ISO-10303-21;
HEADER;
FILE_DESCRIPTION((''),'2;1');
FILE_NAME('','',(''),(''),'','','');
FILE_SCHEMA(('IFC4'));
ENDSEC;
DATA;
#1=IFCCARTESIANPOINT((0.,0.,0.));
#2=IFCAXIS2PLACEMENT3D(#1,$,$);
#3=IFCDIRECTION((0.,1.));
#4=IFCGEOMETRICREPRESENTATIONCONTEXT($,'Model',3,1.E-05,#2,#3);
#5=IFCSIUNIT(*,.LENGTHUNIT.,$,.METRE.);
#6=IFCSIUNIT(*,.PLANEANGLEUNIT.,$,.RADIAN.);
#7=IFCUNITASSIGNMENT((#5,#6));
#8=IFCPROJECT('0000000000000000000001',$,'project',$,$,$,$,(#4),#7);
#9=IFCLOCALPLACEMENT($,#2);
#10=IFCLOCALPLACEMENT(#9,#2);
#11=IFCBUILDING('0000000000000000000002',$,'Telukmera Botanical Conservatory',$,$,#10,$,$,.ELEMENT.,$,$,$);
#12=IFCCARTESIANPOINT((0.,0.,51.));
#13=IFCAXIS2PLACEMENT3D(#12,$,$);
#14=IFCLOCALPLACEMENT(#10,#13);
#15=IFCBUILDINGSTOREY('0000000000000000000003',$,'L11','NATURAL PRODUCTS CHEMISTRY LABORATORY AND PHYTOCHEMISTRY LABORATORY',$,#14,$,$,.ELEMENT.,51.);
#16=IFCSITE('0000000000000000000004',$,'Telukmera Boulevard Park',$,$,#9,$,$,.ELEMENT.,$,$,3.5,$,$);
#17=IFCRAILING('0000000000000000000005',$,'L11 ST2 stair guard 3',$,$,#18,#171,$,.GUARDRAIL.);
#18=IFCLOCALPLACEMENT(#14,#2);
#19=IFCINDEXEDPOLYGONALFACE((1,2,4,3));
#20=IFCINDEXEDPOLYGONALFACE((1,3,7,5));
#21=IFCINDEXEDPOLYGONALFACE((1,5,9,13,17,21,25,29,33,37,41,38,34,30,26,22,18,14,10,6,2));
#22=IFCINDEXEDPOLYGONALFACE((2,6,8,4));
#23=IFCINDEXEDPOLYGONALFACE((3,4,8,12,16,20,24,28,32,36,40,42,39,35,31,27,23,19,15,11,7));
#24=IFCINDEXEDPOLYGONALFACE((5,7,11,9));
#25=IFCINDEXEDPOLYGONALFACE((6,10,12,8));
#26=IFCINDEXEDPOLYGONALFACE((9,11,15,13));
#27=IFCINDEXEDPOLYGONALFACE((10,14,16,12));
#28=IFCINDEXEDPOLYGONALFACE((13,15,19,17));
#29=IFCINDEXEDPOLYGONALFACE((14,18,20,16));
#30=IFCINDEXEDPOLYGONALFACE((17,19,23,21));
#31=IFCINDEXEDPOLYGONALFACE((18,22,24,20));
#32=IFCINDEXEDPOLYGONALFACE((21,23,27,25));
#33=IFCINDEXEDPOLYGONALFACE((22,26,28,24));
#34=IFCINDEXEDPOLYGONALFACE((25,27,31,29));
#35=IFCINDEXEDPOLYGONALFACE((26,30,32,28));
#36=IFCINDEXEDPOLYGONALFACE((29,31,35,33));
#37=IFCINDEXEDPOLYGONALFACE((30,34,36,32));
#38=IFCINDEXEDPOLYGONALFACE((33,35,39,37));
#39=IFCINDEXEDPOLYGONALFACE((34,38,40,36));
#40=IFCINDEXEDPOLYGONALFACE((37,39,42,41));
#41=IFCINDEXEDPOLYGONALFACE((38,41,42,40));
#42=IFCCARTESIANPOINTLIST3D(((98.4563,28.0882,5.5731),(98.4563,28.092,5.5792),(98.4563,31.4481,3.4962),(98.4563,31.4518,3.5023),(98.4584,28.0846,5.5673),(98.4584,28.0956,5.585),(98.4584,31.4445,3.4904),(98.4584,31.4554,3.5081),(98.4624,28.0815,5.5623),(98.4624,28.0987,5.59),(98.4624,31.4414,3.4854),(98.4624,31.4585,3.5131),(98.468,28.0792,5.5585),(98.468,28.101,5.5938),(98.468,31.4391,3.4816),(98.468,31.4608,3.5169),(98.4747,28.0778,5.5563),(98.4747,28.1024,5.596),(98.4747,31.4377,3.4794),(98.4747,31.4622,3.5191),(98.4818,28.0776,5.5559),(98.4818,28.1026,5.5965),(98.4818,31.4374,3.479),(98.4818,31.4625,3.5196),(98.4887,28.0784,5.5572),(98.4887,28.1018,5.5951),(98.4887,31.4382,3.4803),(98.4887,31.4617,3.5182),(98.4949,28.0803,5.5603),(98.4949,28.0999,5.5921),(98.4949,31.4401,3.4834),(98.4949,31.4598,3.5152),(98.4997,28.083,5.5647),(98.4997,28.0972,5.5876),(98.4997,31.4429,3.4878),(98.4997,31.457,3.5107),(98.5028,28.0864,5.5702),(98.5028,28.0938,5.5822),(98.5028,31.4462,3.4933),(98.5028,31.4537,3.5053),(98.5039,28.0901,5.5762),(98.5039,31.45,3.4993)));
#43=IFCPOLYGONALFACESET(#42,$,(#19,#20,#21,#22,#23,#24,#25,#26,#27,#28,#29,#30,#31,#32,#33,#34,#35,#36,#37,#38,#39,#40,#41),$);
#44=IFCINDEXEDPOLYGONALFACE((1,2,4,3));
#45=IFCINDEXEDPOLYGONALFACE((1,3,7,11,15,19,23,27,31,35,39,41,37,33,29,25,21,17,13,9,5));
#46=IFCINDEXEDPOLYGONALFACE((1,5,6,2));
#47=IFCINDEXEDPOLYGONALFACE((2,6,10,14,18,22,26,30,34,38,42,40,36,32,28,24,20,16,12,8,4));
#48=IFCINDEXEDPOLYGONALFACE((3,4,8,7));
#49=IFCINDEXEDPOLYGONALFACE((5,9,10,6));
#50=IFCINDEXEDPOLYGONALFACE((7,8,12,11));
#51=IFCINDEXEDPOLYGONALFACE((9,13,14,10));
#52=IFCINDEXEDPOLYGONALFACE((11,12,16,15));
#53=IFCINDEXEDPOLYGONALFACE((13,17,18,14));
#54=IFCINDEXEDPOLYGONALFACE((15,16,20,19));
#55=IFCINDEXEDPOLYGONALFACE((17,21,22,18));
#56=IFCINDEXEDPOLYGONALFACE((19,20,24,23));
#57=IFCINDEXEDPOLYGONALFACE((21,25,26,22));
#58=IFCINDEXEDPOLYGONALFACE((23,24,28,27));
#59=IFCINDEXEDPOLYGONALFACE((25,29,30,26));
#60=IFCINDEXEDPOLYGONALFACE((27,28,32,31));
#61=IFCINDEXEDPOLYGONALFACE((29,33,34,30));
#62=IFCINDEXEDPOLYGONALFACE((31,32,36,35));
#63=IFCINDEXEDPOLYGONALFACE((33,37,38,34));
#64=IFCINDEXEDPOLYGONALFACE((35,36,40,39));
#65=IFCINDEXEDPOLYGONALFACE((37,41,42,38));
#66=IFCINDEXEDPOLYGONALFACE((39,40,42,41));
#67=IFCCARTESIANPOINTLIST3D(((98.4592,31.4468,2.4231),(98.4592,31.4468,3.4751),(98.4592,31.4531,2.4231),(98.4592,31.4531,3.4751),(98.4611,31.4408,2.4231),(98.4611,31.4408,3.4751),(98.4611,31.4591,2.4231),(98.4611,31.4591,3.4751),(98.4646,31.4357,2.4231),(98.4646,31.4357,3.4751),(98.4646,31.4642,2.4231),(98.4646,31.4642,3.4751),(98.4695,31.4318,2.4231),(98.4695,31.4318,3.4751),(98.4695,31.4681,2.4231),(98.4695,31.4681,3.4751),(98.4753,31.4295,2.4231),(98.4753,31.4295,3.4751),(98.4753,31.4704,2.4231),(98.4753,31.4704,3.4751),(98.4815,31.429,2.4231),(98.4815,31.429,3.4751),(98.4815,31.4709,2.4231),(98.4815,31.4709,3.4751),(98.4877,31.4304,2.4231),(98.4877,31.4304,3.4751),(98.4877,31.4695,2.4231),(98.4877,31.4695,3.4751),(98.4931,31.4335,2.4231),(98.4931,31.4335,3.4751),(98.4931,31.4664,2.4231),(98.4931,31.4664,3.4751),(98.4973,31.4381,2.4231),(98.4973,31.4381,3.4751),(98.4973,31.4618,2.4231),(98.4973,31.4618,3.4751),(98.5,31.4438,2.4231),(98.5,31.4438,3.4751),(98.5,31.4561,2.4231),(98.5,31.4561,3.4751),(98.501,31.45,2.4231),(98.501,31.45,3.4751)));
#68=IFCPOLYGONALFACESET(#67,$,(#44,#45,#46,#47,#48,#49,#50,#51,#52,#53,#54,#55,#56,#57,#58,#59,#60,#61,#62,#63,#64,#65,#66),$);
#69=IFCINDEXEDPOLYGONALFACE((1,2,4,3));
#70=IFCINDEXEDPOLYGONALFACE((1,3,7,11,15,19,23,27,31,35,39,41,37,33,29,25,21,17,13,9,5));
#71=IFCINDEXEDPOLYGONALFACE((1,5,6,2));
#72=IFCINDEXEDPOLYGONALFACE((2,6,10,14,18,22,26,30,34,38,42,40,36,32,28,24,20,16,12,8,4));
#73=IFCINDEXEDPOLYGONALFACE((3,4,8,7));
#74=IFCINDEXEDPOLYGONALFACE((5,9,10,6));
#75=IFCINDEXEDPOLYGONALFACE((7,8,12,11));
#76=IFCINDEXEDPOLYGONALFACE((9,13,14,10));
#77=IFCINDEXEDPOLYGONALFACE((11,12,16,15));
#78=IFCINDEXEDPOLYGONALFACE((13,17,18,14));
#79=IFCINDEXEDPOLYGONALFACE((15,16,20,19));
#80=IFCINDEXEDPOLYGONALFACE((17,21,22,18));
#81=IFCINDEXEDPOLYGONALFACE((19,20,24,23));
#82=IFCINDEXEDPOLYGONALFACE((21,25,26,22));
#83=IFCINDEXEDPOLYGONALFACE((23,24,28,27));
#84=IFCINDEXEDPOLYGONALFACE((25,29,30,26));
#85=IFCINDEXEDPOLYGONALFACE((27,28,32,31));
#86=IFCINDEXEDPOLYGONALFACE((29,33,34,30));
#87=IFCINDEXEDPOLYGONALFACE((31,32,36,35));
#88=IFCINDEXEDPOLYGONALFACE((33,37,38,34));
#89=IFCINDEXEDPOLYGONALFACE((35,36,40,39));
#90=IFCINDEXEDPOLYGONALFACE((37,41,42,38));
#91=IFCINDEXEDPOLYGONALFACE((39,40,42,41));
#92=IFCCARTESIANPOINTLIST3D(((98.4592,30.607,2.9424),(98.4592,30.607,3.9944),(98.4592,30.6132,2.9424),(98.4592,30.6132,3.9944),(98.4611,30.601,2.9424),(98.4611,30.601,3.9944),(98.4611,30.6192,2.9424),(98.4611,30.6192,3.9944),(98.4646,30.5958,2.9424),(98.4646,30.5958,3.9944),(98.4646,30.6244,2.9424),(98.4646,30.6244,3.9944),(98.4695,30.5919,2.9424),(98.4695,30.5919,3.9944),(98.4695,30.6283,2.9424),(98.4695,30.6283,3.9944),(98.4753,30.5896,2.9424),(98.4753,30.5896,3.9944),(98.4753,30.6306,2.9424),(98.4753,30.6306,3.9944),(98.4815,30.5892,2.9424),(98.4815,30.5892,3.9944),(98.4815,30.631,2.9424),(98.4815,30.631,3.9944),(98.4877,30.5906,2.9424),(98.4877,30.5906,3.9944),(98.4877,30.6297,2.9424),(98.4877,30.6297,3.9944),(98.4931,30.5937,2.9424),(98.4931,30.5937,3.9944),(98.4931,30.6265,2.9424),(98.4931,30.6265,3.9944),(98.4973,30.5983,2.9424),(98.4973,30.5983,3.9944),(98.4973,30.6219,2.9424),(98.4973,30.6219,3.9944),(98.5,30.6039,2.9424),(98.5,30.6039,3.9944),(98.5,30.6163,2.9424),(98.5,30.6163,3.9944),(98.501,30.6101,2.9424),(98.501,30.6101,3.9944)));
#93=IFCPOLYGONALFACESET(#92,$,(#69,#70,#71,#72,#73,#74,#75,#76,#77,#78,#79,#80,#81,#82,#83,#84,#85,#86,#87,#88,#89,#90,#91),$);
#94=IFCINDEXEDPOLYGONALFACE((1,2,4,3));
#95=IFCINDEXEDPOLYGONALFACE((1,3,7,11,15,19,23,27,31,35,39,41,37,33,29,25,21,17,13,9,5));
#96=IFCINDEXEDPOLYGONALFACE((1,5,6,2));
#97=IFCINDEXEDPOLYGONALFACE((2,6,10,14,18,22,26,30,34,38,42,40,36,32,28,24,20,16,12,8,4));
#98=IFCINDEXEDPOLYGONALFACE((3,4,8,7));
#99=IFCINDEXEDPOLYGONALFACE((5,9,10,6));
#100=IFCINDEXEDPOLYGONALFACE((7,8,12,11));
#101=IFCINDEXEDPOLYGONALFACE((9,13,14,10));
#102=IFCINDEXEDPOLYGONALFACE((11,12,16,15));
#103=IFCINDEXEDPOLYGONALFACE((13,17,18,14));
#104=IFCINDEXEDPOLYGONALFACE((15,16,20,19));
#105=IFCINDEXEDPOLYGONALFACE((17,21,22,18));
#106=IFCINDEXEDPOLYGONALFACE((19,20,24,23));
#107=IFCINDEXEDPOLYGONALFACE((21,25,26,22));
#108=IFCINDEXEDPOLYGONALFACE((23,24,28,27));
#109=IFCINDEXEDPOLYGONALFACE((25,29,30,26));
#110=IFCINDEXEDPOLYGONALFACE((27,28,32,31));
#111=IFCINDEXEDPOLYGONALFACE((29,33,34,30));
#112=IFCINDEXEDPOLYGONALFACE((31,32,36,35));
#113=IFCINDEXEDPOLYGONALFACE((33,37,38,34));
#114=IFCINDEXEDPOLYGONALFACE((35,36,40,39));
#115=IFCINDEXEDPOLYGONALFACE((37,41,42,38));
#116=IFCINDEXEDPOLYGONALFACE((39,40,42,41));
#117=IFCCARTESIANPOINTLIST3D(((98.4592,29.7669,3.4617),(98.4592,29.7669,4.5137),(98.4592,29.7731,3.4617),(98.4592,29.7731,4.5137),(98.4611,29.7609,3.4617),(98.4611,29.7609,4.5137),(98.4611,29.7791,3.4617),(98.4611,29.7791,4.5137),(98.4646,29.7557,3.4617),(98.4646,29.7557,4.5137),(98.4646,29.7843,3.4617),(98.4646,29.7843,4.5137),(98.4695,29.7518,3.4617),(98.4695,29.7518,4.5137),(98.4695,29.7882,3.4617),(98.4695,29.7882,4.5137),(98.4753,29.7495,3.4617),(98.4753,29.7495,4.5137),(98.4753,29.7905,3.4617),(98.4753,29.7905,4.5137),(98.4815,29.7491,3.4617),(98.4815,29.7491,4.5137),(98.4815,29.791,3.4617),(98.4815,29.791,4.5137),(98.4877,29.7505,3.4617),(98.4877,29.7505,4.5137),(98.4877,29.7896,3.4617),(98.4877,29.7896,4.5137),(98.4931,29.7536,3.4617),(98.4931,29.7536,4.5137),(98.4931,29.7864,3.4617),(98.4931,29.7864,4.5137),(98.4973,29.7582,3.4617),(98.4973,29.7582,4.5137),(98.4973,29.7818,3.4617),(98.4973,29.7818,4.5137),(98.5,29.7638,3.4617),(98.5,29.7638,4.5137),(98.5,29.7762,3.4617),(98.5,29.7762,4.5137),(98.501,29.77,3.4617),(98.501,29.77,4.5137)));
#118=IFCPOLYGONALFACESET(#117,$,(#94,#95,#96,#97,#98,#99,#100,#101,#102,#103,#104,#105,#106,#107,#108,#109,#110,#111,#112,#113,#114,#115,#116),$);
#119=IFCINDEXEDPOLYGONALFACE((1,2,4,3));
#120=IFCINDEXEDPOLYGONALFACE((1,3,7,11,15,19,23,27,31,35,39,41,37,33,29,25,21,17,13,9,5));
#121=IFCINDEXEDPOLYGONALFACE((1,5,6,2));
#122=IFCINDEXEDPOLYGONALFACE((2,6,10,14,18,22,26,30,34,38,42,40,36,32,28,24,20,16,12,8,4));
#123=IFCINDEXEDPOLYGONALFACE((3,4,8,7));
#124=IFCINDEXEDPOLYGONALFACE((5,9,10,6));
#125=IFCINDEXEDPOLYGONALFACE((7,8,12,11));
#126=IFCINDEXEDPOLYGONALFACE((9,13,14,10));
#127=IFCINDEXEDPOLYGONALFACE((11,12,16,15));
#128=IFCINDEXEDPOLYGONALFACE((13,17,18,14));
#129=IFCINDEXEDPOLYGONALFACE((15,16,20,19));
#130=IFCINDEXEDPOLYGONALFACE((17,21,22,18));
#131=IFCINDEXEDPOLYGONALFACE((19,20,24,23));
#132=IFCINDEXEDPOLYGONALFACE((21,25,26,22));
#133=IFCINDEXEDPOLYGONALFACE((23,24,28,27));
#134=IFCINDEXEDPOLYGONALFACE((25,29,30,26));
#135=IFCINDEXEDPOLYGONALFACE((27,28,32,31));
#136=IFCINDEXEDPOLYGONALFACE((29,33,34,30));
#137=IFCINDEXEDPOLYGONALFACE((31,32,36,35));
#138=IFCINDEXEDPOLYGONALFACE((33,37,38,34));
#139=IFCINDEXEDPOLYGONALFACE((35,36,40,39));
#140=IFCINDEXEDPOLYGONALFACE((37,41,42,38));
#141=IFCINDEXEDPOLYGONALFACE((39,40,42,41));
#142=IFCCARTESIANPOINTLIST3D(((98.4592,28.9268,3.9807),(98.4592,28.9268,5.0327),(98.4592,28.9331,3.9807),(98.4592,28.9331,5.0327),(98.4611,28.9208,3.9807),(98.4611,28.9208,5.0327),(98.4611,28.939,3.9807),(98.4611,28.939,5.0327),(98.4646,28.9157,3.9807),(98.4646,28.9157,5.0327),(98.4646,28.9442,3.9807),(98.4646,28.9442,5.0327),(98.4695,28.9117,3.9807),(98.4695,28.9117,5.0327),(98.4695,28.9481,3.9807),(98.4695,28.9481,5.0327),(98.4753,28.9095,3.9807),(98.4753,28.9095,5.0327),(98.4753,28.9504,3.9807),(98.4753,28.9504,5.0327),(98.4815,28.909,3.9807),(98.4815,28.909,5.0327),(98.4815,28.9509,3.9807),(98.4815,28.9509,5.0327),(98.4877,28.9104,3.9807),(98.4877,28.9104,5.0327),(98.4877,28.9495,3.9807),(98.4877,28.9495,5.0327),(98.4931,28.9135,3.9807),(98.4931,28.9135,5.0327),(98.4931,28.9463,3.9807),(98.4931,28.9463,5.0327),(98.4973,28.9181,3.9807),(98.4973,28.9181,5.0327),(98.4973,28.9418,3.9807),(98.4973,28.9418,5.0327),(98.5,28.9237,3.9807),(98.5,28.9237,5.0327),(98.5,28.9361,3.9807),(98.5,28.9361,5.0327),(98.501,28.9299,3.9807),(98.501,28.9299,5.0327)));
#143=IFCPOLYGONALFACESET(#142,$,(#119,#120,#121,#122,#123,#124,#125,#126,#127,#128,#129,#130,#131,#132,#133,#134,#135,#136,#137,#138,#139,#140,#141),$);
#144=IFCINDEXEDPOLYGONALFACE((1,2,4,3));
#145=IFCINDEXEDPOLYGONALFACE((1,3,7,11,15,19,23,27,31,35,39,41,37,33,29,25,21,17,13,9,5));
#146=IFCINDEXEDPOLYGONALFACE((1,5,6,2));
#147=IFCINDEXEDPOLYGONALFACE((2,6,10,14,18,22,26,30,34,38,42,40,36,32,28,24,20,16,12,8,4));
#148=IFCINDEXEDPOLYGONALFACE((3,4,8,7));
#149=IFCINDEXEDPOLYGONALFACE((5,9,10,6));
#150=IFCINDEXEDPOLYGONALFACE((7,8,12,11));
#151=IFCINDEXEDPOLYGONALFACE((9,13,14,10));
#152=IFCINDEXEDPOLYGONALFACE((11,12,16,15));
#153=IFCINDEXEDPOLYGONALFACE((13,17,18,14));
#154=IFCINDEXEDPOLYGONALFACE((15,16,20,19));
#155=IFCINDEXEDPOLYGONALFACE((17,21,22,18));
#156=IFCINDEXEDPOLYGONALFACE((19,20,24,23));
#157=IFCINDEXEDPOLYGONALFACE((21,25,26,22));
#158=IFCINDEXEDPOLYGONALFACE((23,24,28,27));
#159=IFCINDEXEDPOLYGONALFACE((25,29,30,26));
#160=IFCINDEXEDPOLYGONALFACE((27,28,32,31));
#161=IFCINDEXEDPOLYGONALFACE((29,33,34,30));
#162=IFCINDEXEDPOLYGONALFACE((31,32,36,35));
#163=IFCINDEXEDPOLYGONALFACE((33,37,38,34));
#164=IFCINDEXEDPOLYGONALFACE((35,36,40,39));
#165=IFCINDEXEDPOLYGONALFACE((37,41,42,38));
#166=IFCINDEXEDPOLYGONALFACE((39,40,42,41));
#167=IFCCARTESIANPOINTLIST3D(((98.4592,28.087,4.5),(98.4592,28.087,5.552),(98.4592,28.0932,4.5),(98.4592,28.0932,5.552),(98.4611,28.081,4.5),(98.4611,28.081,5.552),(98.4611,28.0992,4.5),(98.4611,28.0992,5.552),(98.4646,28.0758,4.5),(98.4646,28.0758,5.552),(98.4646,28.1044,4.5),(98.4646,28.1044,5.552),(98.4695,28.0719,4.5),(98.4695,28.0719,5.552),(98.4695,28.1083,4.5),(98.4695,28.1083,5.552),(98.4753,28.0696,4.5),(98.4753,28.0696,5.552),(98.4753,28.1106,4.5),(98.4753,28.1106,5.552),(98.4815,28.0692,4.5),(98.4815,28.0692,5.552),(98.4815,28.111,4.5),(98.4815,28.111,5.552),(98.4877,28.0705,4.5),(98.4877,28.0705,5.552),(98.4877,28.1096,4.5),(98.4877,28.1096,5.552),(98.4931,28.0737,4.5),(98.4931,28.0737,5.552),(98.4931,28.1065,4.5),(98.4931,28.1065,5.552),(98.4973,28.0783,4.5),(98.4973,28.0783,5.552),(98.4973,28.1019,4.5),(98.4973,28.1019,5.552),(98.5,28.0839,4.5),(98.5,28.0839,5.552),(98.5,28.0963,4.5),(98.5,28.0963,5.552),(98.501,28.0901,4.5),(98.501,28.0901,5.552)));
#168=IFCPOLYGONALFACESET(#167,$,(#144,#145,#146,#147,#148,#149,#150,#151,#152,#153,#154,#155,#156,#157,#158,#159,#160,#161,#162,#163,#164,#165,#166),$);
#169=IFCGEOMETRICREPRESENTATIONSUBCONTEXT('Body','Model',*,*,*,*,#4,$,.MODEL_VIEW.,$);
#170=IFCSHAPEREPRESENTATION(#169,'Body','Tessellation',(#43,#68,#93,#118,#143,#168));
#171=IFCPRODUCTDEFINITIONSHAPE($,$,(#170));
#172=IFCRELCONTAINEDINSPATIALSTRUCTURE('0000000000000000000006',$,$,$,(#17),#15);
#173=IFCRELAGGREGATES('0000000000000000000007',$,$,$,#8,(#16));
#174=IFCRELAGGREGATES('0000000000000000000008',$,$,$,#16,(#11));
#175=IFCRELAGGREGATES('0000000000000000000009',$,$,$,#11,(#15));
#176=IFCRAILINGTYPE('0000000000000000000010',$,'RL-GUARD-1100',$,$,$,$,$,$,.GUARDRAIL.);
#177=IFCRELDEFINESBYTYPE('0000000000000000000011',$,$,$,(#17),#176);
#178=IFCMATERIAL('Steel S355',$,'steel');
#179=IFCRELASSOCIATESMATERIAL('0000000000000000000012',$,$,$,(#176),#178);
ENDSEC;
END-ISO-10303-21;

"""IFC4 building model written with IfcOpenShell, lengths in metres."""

from ifc_helpers import new_model, si_unit, direction, frame, origin, origin_2d, place, context, subcontext, project, spatial, circle, extrude, material, type_object, element, save


model = new_model("IFC4")

# Units and contexts
model_context = context("Model", 3, precision=1e-05, world=origin(), true_north=direction((0.0, 1.0)))
body_context = subcontext(model_context, "Body", "Model", "MODEL_VIEW")
ifc_project = project(units=[si_unit("LENGTHUNIT", "METRE"), si_unit("PLANEANGLEUNIT", "RADIAN")], contexts=[model_context])

# Site, building, storey
site_placement = place(None, origin())
site = spatial("IfcSite", under=ifc_project, at=site_placement, Name="Telukmera Boulevard Park", CompositionType="ELEMENT", RefElevation=3.5)
building_placement = place(site_placement, origin())
building = spatial("IfcBuilding", under=site, at=building_placement, Name="Telukmera Botanical Conservatory", CompositionType="ELEMENT")
storey_placement = place(building_placement, frame((0.0, 0.0, 51.0)))
storey = spatial("IfcBuildingStorey", under=building, at=storey_placement, Name="L11", Description="NATURAL PRODUCTS CHEMISTRY LABORATORY AND PHYTOCHEMISTRY LABORATORY", CompositionType="ELEMENT", Elevation=51.0)

# Railing
ifc_material_1 = material(Name="Steel S355", Category="steel")
railing_type_1 = type_object("IfcRailingType", Name="RL-GUARD-1100", PredefinedType="GUARDRAIL", material=ifc_material_1)
railing_1_placement = place(storey_placement, frame((98.48, 31.45, 2.4231)))
element("IfcRailing", 1, at=railing_1_placement, inside=storey, type_object=railing_type_1, Name="L11 ST2 stair guard 3", PredefinedType="GUARDRAIL", context=body_context, shape_type="SweptSolid", body=[
    extrude(circle(Radius=0.0239, at=origin_2d()), frame((0.0, 0.0, 1.0762), z_axis=(0.0, -0.850606, 0.525803), x_axis=(1.0, 0.0, 0.0)), (0.0, 0.0, 1.0), 3.95),
    extrude(circle(Radius=0.021, at=origin_2d()), origin(), (0.0, 0.0, 1.0), 1.052),
    extrude(circle(Radius=0.021, at=origin_2d()), frame((0.0, -0.8398, 0.5193)), (0.0, 0.0, 1.0), 1.052),
    extrude(circle(Radius=0.021, at=origin_2d()), frame((0.0, -1.6799, 1.0386)), (0.0, 0.0, 1.0), 1.052),
    extrude(circle(Radius=0.021, at=origin_2d()), frame((0.0, -2.52, 1.5576)), (0.0, 0.0, 1.0), 1.052),
    extrude(circle(Radius=0.021, at=origin_2d()), frame((0.0, -3.3599, 2.0769)), (0.0, 0.0, 1.0), 1.052),
])

save(model, "model.ifc")
